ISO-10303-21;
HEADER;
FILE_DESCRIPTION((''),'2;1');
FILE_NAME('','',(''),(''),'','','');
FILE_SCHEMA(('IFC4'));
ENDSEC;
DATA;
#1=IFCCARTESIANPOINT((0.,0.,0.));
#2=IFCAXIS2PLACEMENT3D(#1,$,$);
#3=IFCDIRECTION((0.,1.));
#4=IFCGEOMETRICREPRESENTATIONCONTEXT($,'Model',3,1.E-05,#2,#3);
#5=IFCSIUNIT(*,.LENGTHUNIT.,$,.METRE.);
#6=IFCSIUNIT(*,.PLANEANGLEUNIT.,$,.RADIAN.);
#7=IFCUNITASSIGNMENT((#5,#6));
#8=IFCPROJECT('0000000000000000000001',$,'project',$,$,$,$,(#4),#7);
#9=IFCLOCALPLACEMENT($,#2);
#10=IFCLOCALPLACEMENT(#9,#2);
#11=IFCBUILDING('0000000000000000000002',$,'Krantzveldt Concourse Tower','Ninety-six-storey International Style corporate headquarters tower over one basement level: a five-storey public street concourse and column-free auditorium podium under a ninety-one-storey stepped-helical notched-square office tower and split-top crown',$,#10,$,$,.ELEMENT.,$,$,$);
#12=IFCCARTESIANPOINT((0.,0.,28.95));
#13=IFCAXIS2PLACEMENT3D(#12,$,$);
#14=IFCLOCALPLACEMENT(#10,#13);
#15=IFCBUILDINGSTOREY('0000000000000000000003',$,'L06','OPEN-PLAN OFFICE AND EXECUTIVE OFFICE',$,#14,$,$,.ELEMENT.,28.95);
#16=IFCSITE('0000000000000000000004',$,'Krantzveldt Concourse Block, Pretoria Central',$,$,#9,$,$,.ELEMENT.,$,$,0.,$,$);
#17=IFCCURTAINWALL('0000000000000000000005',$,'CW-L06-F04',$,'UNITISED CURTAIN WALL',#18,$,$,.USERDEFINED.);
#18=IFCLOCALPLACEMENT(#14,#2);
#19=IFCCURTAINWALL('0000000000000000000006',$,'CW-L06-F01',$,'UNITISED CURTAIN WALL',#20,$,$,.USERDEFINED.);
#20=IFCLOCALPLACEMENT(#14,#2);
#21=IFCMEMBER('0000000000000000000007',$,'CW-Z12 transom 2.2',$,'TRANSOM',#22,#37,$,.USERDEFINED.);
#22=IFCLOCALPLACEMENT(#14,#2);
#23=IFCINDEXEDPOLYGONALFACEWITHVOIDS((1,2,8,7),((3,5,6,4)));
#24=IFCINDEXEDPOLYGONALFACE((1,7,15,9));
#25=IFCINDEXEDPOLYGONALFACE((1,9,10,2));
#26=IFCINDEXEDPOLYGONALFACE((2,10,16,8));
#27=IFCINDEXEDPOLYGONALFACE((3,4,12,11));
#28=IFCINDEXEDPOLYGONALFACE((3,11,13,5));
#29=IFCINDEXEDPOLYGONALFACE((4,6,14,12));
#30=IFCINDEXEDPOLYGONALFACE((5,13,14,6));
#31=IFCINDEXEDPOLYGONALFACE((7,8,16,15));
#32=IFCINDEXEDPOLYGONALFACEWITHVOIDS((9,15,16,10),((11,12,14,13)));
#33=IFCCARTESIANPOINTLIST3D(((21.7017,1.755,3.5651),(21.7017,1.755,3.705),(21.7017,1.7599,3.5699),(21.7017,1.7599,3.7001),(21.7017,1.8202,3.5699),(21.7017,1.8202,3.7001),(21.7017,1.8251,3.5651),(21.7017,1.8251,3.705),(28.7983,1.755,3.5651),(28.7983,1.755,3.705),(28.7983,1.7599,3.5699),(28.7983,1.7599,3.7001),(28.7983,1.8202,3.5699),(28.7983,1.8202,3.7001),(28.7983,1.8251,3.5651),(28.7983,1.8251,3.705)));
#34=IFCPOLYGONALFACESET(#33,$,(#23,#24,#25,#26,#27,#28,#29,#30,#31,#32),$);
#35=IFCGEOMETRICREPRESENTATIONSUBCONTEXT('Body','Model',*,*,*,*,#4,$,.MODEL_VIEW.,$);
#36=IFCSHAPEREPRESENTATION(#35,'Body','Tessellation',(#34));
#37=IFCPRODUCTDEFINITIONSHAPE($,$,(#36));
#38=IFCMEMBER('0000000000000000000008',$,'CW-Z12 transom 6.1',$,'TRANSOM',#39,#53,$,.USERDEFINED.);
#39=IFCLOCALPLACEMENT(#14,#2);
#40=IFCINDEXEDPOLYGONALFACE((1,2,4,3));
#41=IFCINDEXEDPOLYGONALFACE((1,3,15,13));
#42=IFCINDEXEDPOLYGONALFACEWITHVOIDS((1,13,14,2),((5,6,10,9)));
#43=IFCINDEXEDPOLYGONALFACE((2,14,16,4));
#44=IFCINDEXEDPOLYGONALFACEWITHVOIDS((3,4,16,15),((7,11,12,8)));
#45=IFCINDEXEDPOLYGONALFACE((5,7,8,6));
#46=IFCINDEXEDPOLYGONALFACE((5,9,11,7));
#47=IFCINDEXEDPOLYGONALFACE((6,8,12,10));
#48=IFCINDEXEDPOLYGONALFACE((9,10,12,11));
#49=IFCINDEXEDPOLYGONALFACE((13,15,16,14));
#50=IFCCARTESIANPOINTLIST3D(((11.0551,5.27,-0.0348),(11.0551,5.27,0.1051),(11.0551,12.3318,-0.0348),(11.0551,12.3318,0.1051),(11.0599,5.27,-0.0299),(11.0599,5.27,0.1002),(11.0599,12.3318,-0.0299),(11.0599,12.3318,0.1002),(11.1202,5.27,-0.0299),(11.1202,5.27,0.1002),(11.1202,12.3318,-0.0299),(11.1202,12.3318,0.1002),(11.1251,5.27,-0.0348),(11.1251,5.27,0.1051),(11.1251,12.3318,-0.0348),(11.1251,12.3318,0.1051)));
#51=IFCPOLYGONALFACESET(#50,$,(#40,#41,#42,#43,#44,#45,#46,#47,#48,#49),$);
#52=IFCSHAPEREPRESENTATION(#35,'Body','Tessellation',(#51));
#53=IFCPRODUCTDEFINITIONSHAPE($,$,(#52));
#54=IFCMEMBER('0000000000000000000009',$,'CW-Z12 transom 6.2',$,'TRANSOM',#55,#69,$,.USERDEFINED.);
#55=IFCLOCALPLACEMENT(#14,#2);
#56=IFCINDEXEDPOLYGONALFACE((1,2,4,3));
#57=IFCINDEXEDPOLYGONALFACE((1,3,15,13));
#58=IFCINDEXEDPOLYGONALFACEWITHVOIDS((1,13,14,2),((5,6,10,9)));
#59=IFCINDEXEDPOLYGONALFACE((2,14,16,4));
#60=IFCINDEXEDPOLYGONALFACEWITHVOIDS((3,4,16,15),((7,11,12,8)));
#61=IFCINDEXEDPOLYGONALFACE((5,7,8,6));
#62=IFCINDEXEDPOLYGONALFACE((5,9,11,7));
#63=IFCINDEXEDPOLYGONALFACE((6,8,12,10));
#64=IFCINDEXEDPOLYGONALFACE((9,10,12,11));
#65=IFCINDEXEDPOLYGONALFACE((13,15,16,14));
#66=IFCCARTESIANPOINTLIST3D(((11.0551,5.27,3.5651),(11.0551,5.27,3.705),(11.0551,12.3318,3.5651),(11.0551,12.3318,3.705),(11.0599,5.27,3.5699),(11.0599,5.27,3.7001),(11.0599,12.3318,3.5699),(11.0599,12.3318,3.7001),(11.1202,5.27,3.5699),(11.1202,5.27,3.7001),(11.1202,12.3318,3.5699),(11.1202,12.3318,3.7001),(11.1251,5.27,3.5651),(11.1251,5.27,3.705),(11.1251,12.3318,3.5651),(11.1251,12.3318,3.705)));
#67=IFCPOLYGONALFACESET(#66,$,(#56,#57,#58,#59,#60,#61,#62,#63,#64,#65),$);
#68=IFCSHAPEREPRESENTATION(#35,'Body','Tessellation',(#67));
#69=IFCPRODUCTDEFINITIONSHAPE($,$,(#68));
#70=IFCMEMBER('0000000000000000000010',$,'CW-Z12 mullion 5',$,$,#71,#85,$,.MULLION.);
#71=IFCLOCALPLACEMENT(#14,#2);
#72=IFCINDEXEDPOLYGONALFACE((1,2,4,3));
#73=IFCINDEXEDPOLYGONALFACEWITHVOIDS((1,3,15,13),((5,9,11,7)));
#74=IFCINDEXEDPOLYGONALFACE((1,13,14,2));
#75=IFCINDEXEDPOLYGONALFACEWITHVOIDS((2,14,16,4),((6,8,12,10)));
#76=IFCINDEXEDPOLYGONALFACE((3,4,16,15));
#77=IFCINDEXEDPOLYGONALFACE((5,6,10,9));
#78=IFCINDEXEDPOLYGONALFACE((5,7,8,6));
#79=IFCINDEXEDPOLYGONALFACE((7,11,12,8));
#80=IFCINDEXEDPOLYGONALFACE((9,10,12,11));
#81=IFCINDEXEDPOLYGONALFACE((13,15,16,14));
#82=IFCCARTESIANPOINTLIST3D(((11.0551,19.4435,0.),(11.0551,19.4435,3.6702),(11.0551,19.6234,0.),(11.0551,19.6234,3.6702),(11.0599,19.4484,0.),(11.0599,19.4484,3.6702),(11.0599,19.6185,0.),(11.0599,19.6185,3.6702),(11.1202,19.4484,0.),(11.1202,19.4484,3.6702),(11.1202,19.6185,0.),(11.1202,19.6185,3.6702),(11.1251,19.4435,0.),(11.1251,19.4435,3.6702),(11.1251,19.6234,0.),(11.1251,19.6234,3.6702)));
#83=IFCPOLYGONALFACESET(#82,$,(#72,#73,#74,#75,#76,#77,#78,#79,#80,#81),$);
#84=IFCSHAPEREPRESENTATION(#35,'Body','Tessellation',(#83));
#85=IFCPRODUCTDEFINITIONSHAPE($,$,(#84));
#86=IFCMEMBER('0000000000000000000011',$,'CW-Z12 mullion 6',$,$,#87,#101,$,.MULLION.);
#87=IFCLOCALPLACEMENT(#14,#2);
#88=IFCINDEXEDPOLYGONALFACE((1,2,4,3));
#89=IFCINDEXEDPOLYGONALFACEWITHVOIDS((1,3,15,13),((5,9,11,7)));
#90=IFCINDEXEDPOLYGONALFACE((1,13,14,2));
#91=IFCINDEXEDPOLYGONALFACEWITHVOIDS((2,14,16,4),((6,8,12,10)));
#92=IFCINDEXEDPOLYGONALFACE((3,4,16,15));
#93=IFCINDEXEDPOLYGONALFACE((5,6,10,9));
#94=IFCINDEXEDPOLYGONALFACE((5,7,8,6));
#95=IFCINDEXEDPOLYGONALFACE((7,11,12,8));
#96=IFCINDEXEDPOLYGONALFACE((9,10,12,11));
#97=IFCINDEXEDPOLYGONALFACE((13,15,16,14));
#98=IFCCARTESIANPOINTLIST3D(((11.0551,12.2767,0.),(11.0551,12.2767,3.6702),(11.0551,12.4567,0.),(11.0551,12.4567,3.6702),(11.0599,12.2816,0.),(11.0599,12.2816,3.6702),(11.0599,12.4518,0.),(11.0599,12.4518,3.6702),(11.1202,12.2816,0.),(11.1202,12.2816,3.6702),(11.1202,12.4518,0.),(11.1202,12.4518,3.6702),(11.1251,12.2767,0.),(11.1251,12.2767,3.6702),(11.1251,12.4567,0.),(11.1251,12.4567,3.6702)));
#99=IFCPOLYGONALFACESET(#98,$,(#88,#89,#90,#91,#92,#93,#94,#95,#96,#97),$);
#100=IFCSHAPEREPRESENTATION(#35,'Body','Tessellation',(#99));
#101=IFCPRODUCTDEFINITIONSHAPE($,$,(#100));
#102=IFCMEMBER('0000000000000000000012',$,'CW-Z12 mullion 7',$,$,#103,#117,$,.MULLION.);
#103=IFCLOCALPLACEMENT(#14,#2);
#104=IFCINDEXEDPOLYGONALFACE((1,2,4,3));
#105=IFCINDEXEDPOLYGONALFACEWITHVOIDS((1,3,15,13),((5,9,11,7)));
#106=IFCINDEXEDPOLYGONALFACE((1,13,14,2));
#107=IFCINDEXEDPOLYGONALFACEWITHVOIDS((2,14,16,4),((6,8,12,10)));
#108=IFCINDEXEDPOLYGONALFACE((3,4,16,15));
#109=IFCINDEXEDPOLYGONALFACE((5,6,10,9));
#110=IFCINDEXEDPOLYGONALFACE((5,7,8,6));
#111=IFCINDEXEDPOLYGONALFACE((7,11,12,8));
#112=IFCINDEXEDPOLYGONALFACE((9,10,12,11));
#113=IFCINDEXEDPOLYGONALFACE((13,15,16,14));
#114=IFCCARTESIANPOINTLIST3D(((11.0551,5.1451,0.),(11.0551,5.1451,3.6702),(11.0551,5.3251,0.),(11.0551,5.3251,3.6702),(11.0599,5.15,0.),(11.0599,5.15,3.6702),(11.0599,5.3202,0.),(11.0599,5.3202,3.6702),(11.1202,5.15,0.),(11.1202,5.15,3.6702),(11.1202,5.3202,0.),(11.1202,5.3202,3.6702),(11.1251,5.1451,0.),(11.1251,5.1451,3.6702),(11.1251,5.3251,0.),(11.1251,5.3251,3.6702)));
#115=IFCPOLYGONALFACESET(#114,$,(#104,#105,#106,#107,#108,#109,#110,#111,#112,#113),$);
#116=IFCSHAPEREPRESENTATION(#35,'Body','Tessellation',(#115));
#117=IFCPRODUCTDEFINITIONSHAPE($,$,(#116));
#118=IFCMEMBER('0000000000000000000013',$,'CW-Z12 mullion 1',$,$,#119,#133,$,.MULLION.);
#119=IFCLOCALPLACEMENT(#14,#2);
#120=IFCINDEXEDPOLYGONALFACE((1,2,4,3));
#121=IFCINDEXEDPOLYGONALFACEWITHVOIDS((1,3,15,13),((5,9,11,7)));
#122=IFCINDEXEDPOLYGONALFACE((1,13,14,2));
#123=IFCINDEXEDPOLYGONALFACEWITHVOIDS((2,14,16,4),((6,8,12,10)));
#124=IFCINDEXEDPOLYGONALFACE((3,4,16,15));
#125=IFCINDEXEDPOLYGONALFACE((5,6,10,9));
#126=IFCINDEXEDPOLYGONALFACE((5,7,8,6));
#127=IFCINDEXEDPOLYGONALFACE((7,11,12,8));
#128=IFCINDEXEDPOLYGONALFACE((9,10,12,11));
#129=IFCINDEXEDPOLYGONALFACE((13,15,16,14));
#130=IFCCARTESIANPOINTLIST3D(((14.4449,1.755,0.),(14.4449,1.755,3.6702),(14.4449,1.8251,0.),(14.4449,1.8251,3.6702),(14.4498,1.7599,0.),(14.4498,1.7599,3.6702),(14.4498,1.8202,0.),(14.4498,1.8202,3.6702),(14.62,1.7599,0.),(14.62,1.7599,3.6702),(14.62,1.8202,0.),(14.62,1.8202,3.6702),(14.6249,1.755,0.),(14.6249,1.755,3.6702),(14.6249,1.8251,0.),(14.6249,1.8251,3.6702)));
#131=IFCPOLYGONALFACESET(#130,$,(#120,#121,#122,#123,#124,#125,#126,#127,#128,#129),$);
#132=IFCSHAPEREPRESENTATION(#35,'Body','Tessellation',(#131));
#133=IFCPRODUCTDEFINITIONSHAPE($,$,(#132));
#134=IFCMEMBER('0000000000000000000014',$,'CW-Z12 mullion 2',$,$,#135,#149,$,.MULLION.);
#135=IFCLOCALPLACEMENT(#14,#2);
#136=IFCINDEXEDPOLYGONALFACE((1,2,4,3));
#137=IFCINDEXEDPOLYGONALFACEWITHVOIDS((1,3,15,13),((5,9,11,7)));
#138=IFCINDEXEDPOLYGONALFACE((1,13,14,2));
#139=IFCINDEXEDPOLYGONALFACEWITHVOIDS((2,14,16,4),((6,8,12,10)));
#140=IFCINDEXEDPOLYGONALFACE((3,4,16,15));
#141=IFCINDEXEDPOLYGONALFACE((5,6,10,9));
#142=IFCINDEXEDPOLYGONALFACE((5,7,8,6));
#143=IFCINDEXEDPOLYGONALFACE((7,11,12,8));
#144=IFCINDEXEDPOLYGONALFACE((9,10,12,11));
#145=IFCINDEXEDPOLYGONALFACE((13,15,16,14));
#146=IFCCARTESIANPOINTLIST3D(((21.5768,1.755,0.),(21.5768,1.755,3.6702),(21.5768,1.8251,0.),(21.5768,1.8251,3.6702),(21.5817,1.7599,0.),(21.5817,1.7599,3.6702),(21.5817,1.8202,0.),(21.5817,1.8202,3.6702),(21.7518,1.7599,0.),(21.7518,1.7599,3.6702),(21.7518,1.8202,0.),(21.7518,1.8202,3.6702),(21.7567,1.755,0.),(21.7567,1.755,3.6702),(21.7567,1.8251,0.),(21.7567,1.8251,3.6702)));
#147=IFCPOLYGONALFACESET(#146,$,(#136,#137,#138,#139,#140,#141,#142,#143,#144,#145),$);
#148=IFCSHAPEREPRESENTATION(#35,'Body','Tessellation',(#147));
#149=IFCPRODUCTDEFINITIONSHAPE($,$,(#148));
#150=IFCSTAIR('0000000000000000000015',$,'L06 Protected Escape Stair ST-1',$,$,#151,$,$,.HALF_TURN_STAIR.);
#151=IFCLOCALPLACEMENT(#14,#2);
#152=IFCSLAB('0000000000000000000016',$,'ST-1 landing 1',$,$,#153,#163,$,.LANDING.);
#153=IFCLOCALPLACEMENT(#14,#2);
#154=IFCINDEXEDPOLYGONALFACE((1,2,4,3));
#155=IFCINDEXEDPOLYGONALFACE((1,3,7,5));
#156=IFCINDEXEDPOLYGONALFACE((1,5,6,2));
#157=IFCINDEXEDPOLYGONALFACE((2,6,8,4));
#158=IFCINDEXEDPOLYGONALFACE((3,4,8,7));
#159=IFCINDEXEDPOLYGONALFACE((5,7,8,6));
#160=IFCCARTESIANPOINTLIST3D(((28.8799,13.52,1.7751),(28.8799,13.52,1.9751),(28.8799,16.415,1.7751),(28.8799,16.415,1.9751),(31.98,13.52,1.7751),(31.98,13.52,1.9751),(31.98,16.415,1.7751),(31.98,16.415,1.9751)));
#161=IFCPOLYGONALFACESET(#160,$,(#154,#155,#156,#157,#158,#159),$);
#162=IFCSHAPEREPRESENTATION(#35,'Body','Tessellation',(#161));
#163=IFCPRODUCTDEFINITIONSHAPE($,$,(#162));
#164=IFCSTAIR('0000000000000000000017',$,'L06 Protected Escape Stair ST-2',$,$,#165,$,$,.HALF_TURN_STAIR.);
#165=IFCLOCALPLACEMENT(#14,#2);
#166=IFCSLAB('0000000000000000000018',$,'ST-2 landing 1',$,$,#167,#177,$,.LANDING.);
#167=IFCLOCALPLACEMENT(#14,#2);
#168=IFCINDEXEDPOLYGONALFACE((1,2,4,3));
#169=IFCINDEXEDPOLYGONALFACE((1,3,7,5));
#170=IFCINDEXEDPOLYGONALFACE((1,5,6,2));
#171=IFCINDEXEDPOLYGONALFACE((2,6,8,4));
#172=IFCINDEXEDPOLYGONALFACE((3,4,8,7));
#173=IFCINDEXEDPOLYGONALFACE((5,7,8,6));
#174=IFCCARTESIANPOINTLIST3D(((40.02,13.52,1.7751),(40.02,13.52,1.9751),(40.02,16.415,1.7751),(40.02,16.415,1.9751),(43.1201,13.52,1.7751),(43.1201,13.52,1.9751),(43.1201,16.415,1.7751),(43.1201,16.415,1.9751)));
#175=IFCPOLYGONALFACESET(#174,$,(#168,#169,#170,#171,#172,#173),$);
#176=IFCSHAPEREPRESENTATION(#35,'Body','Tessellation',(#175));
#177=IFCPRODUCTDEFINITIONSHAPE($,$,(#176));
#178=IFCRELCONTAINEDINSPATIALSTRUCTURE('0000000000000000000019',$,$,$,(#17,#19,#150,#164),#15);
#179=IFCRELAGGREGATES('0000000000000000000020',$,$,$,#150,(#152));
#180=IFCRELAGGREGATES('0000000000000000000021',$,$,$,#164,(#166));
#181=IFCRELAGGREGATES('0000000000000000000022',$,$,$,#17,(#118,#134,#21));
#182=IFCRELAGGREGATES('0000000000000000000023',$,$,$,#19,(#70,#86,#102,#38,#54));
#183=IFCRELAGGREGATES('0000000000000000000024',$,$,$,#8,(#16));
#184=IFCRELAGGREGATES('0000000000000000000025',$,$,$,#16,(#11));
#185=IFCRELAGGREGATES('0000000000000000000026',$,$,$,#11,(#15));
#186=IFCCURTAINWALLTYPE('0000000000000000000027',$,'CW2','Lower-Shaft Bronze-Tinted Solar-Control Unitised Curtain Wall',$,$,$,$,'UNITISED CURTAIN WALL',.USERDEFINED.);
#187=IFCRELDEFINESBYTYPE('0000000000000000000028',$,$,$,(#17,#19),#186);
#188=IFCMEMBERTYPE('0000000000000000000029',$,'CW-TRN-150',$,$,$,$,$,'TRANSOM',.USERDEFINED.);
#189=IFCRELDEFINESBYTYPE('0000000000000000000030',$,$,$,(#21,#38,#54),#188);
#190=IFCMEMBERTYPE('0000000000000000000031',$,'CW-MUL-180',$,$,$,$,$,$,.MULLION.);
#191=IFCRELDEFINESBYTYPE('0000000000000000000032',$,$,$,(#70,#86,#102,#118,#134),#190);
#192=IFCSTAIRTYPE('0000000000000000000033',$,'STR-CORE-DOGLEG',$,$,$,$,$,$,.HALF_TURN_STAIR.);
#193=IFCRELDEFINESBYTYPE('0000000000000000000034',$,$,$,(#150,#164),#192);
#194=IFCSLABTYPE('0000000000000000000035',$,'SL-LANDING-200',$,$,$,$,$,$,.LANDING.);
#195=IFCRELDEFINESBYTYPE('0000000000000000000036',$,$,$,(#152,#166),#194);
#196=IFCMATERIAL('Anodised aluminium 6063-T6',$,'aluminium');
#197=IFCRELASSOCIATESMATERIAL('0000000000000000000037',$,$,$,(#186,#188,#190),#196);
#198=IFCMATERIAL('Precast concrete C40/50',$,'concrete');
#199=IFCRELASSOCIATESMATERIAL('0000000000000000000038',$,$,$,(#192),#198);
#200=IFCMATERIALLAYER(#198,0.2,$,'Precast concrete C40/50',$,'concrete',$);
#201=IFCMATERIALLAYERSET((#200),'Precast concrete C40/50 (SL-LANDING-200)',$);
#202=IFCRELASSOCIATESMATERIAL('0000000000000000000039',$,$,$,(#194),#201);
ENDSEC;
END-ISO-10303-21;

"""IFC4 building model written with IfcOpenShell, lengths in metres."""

from ifc_helpers import new_model, si_unit, direction, frame, origin, origin_2d, place, context, subcontext, project, spatial, polyline, hollow_rectangle, outline, extrude, source, transform, mapped, material, layer, layer_set, material_profile, profile_set, type_object, type_shapes, element, aggregate, save


model = new_model("IFC4")

# Units and contexts
model_context = context("Model", 3, precision=1e-05, world=origin(), true_north=direction((0.0, 1.0)))
body_context = subcontext(model_context, "Body", "Model", "MODEL_VIEW")
ifc_project = project(units=[si_unit("LENGTHUNIT", "METRE"), si_unit("PLANEANGLEUNIT", "RADIAN")], contexts=[model_context])

# Site, building, storey
site_placement = place(None, origin())
site = spatial("IfcSite", under=ifc_project, at=site_placement, Name="Krantzveldt Concourse Block, Pretoria Central", CompositionType="ELEMENT", RefElevation=0.0)
building_placement = place(site_placement, origin())
building = spatial("IfcBuilding", under=site, at=building_placement, Name="Krantzveldt Concourse Tower", Description="Ninety-six-storey International Style corporate headquarters tower over one basement level: a five-storey public street concourse and column-free auditorium podium under a ninety-one-storey stepped-helical notched-square office tower and split-top crown", CompositionType="ELEMENT")
storey_placement = place(building_placement, frame((0.0, 0.0, 28.95)))
storey = spatial("IfcBuildingStorey", under=building, at=storey_placement, Name="L06", Description="OPEN-PLAN OFFICE AND EXECUTIVE OFFICE", CompositionType="ELEMENT", Elevation=28.95)

# Curtain walls
ifc_material_1 = material(Name="Anodised aluminium 6063-T6", Category="aluminium")
curtain_wall_type = type_object("IfcCurtainWallType", Name="CW2", Description="Lower-Shaft Bronze-Tinted Solar-Control Unitised Curtain Wall", ElementType="UNITISED CURTAIN WALL", PredefinedType="USERDEFINED", material=ifc_material_1)
curtain_wall_1_placement = place(storey_placement, origin())
curtain_wall_1 = element("IfcCurtainWall", 1, at=curtain_wall_1_placement, inside=storey, type_object=curtain_wall_type, Name="CW-L06-F04", ObjectType="UNITISED CURTAIN WALL", PredefinedType="USERDEFINED")
ifc_material_profile_1 = material_profile(ifc_material_1, hollow_rectangle(XDim=0.0701, YDim=0.1399, WallThickness=0.0049, at=origin_2d()), Name="Anodised aluminium 6063-T6", Category="aluminium")
ifc_profile_set_1 = profile_set([ifc_material_profile_1], Name="Anodised aluminium 6063-T6 - ALU-TRAN 140x70x5")
member_type_1 = type_object("IfcMemberType", Name="CW-TRN-150", ElementType="TRANSOM", PredefinedType="USERDEFINED", material=ifc_profile_set_1)
curtain_wall_2_placement = place(storey_placement, origin())
curtain_wall_2 = element("IfcCurtainWall", 2, at=curtain_wall_2_placement, inside=storey, type_object=curtain_wall_type, Name="CW-L06-F01", ObjectType="UNITISED CURTAIN WALL", PredefinedType="USERDEFINED")
shared_shape_1 = source(origin(), body_context, "Body", "SweptSolid", [
    extrude(hollow_rectangle(XDim=0.0701, YDim=0.1399, WallThickness=0.0049, at=origin_2d()), origin(), (0.0, 0.0, 1.0), 7.0967),
])

# Members
member_1_placement = place(storey_placement, frame((21.7017, 1.79, 3.635), z_axis=(1.0, 0.0, 0.0), x_axis=(0.0, 1.0, 0.0)))
member_1 = element("IfcMember", 3, at=member_1_placement, type_object=member_type_1, Name="CW-Z12 transom 2.2", ObjectType="TRANSOM", PredefinedType="USERDEFINED", context=body_context, shape_type="MappedRepresentation", body=[
    mapped(shared_shape_1, transform((0.0, 0.0, 0.0), x_axis=(1.0, 0.0, 0.0), y_axis=(0.0, 1.0, 0.0), z_axis=(0.0, 0.0, 1.0), scale=1.0)),
])
shared_shape_2 = source(origin(), body_context, "Body", "SweptSolid", [
    extrude(hollow_rectangle(XDim=0.0701, YDim=0.1399, WallThickness=0.0049, at=origin_2d()), origin(), (0.0, 0.0, 1.0), 7.0618),
])
member_2_placement = place(storey_placement, frame((11.0901, 12.3318, 0.0352), z_axis=(0.0, -1.0, 0.0), x_axis=(1.0, 0.0, 0.0)))
member_2 = element("IfcMember", 4, at=member_2_placement, type_object=member_type_1, Name="CW-Z12 transom 6.1", ObjectType="TRANSOM", PredefinedType="USERDEFINED", context=body_context, shape_type="MappedRepresentation", body=[
    mapped(shared_shape_2, transform((0.0, 0.0, 0.0), x_axis=(1.0, 0.0, 0.0), y_axis=(0.0, 1.0, 0.0), z_axis=(0.0, 0.0, 1.0), scale=1.0)),
])
member_3_placement = place(storey_placement, frame((11.0901, 12.3318, 3.635), z_axis=(0.0, -1.0, 0.0), x_axis=(1.0, 0.0, 0.0)))
member_3 = element("IfcMember", 5, at=member_3_placement, type_object=member_type_1, Name="CW-Z12 transom 6.2", ObjectType="TRANSOM", PredefinedType="USERDEFINED", context=body_context, shape_type="MappedRepresentation", body=[
    mapped(shared_shape_2, transform((0.0, 0.0, 0.0), x_axis=(1.0, 0.0, 0.0), y_axis=(0.0, 1.0, 0.0), z_axis=(0.0, 0.0, 1.0), scale=1.0)),
])
ifc_material_profile_2 = material_profile(ifc_material_1, hollow_rectangle(XDim=0.0701, YDim=0.1799, WallThickness=0.0049, at=origin_2d()), Name="Anodised aluminium 6063-T6", Category="aluminium")
ifc_profile_set_2 = profile_set([ifc_material_profile_2], Name="Anodised aluminium 6063-T6 - ALU-MULL 180x70x5")
member_type_2 = type_object("IfcMemberType", Name="CW-MUL-180", PredefinedType="MULLION", material=ifc_profile_set_2)
shared_shape_3 = source(origin(), body_context, "Body", "SweptSolid", [
    extrude(hollow_rectangle(XDim=0.0701, YDim=0.1799, WallThickness=0.0049, at=origin_2d()), origin(), (0.0, 0.0, 1.0), 3.6702),
])
type_shapes(member_type_2, [shared_shape_3])
member_4_placement = place(storey_placement, frame((11.0901, 19.5334, 0.0), z_axis=(0.0, 0.0, 1.0), x_axis=(1.0, 0.0, 0.0)))
member_4 = element("IfcMember", 6, at=member_4_placement, type_object=member_type_2, Name="CW-Z12 mullion 5", PredefinedType="MULLION", context=body_context, shape_type="MappedRepresentation", body=[
    mapped(shared_shape_3, transform((0.0, 0.0, 0.0), x_axis=(1.0, 0.0, 0.0), y_axis=(0.0, 1.0, 0.0), z_axis=(0.0, 0.0, 1.0), scale=1.0)),
])
member_5_placement = place(storey_placement, frame((11.0901, 12.3667, 0.0), z_axis=(0.0, 0.0, 1.0), x_axis=(1.0, 0.0, 0.0)))
member_5 = element("IfcMember", 7, at=member_5_placement, type_object=member_type_2, Name="CW-Z12 mullion 6", PredefinedType="MULLION", context=body_context, shape_type="MappedRepresentation", body=[
    mapped(shared_shape_3, transform((0.0, 0.0, 0.0), x_axis=(1.0, 0.0, 0.0), y_axis=(0.0, 1.0, 0.0), z_axis=(0.0, 0.0, 1.0), scale=1.0)),
])
member_6_placement = place(storey_placement, frame((11.0901, 5.2351, 0.0), z_axis=(0.0, 0.0, 1.0), x_axis=(1.0, 0.0, 0.0)))
member_6 = element("IfcMember", 8, at=member_6_placement, type_object=member_type_2, Name="CW-Z12 mullion 7", PredefinedType="MULLION", context=body_context, shape_type="MappedRepresentation", body=[
    mapped(shared_shape_3, transform((0.0, 0.0, 0.0), x_axis=(1.0, 0.0, 0.0), y_axis=(0.0, 1.0, 0.0), z_axis=(0.0, 0.0, 1.0), scale=1.0)),
])
member_7_placement = place(storey_placement, frame((14.5349, 1.79, 0.0), z_axis=(0.0, 0.0, 1.0), x_axis=(0.0, 1.0, 0.0)))
member_7 = element("IfcMember", 9, at=member_7_placement, type_object=member_type_2, Name="CW-Z12 mullion 1", PredefinedType="MULLION", context=body_context, shape_type="MappedRepresentation", body=[
    mapped(shared_shape_3, transform((0.0, 0.0, 0.0), x_axis=(1.0, 0.0, 0.0), y_axis=(0.0, 1.0, 0.0), z_axis=(0.0, 0.0, 1.0), scale=1.0)),
])
member_8_placement = place(storey_placement, frame((21.6667, 1.79, 0.0), z_axis=(0.0, 0.0, 1.0), x_axis=(0.0, 1.0, 0.0)))
member_8 = element("IfcMember", 10, at=member_8_placement, type_object=member_type_2, Name="CW-Z12 mullion 2", PredefinedType="MULLION", context=body_context, shape_type="MappedRepresentation", body=[
    mapped(shared_shape_3, transform((0.0, 0.0, 0.0), x_axis=(1.0, 0.0, 0.0), y_axis=(0.0, 1.0, 0.0), z_axis=(0.0, 0.0, 1.0), scale=1.0)),
])

# Stairs, slabs
ifc_material_2 = material(Name="Precast concrete C40/50", Category="concrete")
stair_type = type_object("IfcStairType", Name="STR-CORE-DOGLEG", PredefinedType="HALF_TURN_STAIR", material=ifc_material_2)
stair_1_placement = place(storey_placement, origin())
stair_1 = element("IfcStair", 11, at=stair_1_placement, inside=storey, type_object=stair_type, Name="L06 Protected Escape Stair ST-1", PredefinedType="HALF_TURN_STAIR")
ifc_layer_1 = layer(ifc_material_2, 0.2, Name="Precast concrete C40/50", Category="concrete")
ifc_layer_set_1 = layer_set([ifc_layer_1], Name="Precast concrete C40/50 (SL-LANDING-200)")
slab_type_1 = type_object("IfcSlabType", Name="SL-LANDING-200", PredefinedType="LANDING", material=ifc_layer_set_1)
slab_1_placement = place(storey_placement, frame((0.0, 0.0, 1.7751)))
slab_1 = element("IfcSlab", 12, at=slab_1_placement, type_object=slab_type_1, Name="ST-1 landing 1", PredefinedType="LANDING", context=body_context, shape_type="SweptSolid", body=[
    extrude(outline(polyline([(28.8799, 16.415), (28.8799, 13.52), (31.98, 13.52), (31.98, 16.415), (28.8799, 16.415)])), origin(), (0.0, 0.0, 1.0), 0.2),
])
aggregate(stair_1, [slab_1])
stair_2_placement = place(storey_placement, origin())
stair_2 = element("IfcStair", 13, at=stair_2_placement, inside=storey, type_object=stair_type, Name="L06 Protected Escape Stair ST-2", PredefinedType="HALF_TURN_STAIR")
slab_2_placement = place(storey_placement, frame((0.0, 0.0, 1.7751)))
slab_2 = element("IfcSlab", 14, at=slab_2_placement, type_object=slab_type_1, Name="ST-2 landing 1", PredefinedType="LANDING", context=body_context, shape_type="SweptSolid", body=[
    extrude(outline(polyline([(40.02, 16.415), (40.02, 13.52), (43.1201, 13.52), (43.1201, 16.415), (40.02, 16.415)])), origin(), (0.0, 0.0, 1.0), 0.2),
])
aggregate(stair_2, [slab_2])

aggregate(curtain_wall_1, [member_7, member_8, member_1])
aggregate(curtain_wall_2, [member_4, member_5, member_6, member_2, member_3])

save(model, "model.ifc")
